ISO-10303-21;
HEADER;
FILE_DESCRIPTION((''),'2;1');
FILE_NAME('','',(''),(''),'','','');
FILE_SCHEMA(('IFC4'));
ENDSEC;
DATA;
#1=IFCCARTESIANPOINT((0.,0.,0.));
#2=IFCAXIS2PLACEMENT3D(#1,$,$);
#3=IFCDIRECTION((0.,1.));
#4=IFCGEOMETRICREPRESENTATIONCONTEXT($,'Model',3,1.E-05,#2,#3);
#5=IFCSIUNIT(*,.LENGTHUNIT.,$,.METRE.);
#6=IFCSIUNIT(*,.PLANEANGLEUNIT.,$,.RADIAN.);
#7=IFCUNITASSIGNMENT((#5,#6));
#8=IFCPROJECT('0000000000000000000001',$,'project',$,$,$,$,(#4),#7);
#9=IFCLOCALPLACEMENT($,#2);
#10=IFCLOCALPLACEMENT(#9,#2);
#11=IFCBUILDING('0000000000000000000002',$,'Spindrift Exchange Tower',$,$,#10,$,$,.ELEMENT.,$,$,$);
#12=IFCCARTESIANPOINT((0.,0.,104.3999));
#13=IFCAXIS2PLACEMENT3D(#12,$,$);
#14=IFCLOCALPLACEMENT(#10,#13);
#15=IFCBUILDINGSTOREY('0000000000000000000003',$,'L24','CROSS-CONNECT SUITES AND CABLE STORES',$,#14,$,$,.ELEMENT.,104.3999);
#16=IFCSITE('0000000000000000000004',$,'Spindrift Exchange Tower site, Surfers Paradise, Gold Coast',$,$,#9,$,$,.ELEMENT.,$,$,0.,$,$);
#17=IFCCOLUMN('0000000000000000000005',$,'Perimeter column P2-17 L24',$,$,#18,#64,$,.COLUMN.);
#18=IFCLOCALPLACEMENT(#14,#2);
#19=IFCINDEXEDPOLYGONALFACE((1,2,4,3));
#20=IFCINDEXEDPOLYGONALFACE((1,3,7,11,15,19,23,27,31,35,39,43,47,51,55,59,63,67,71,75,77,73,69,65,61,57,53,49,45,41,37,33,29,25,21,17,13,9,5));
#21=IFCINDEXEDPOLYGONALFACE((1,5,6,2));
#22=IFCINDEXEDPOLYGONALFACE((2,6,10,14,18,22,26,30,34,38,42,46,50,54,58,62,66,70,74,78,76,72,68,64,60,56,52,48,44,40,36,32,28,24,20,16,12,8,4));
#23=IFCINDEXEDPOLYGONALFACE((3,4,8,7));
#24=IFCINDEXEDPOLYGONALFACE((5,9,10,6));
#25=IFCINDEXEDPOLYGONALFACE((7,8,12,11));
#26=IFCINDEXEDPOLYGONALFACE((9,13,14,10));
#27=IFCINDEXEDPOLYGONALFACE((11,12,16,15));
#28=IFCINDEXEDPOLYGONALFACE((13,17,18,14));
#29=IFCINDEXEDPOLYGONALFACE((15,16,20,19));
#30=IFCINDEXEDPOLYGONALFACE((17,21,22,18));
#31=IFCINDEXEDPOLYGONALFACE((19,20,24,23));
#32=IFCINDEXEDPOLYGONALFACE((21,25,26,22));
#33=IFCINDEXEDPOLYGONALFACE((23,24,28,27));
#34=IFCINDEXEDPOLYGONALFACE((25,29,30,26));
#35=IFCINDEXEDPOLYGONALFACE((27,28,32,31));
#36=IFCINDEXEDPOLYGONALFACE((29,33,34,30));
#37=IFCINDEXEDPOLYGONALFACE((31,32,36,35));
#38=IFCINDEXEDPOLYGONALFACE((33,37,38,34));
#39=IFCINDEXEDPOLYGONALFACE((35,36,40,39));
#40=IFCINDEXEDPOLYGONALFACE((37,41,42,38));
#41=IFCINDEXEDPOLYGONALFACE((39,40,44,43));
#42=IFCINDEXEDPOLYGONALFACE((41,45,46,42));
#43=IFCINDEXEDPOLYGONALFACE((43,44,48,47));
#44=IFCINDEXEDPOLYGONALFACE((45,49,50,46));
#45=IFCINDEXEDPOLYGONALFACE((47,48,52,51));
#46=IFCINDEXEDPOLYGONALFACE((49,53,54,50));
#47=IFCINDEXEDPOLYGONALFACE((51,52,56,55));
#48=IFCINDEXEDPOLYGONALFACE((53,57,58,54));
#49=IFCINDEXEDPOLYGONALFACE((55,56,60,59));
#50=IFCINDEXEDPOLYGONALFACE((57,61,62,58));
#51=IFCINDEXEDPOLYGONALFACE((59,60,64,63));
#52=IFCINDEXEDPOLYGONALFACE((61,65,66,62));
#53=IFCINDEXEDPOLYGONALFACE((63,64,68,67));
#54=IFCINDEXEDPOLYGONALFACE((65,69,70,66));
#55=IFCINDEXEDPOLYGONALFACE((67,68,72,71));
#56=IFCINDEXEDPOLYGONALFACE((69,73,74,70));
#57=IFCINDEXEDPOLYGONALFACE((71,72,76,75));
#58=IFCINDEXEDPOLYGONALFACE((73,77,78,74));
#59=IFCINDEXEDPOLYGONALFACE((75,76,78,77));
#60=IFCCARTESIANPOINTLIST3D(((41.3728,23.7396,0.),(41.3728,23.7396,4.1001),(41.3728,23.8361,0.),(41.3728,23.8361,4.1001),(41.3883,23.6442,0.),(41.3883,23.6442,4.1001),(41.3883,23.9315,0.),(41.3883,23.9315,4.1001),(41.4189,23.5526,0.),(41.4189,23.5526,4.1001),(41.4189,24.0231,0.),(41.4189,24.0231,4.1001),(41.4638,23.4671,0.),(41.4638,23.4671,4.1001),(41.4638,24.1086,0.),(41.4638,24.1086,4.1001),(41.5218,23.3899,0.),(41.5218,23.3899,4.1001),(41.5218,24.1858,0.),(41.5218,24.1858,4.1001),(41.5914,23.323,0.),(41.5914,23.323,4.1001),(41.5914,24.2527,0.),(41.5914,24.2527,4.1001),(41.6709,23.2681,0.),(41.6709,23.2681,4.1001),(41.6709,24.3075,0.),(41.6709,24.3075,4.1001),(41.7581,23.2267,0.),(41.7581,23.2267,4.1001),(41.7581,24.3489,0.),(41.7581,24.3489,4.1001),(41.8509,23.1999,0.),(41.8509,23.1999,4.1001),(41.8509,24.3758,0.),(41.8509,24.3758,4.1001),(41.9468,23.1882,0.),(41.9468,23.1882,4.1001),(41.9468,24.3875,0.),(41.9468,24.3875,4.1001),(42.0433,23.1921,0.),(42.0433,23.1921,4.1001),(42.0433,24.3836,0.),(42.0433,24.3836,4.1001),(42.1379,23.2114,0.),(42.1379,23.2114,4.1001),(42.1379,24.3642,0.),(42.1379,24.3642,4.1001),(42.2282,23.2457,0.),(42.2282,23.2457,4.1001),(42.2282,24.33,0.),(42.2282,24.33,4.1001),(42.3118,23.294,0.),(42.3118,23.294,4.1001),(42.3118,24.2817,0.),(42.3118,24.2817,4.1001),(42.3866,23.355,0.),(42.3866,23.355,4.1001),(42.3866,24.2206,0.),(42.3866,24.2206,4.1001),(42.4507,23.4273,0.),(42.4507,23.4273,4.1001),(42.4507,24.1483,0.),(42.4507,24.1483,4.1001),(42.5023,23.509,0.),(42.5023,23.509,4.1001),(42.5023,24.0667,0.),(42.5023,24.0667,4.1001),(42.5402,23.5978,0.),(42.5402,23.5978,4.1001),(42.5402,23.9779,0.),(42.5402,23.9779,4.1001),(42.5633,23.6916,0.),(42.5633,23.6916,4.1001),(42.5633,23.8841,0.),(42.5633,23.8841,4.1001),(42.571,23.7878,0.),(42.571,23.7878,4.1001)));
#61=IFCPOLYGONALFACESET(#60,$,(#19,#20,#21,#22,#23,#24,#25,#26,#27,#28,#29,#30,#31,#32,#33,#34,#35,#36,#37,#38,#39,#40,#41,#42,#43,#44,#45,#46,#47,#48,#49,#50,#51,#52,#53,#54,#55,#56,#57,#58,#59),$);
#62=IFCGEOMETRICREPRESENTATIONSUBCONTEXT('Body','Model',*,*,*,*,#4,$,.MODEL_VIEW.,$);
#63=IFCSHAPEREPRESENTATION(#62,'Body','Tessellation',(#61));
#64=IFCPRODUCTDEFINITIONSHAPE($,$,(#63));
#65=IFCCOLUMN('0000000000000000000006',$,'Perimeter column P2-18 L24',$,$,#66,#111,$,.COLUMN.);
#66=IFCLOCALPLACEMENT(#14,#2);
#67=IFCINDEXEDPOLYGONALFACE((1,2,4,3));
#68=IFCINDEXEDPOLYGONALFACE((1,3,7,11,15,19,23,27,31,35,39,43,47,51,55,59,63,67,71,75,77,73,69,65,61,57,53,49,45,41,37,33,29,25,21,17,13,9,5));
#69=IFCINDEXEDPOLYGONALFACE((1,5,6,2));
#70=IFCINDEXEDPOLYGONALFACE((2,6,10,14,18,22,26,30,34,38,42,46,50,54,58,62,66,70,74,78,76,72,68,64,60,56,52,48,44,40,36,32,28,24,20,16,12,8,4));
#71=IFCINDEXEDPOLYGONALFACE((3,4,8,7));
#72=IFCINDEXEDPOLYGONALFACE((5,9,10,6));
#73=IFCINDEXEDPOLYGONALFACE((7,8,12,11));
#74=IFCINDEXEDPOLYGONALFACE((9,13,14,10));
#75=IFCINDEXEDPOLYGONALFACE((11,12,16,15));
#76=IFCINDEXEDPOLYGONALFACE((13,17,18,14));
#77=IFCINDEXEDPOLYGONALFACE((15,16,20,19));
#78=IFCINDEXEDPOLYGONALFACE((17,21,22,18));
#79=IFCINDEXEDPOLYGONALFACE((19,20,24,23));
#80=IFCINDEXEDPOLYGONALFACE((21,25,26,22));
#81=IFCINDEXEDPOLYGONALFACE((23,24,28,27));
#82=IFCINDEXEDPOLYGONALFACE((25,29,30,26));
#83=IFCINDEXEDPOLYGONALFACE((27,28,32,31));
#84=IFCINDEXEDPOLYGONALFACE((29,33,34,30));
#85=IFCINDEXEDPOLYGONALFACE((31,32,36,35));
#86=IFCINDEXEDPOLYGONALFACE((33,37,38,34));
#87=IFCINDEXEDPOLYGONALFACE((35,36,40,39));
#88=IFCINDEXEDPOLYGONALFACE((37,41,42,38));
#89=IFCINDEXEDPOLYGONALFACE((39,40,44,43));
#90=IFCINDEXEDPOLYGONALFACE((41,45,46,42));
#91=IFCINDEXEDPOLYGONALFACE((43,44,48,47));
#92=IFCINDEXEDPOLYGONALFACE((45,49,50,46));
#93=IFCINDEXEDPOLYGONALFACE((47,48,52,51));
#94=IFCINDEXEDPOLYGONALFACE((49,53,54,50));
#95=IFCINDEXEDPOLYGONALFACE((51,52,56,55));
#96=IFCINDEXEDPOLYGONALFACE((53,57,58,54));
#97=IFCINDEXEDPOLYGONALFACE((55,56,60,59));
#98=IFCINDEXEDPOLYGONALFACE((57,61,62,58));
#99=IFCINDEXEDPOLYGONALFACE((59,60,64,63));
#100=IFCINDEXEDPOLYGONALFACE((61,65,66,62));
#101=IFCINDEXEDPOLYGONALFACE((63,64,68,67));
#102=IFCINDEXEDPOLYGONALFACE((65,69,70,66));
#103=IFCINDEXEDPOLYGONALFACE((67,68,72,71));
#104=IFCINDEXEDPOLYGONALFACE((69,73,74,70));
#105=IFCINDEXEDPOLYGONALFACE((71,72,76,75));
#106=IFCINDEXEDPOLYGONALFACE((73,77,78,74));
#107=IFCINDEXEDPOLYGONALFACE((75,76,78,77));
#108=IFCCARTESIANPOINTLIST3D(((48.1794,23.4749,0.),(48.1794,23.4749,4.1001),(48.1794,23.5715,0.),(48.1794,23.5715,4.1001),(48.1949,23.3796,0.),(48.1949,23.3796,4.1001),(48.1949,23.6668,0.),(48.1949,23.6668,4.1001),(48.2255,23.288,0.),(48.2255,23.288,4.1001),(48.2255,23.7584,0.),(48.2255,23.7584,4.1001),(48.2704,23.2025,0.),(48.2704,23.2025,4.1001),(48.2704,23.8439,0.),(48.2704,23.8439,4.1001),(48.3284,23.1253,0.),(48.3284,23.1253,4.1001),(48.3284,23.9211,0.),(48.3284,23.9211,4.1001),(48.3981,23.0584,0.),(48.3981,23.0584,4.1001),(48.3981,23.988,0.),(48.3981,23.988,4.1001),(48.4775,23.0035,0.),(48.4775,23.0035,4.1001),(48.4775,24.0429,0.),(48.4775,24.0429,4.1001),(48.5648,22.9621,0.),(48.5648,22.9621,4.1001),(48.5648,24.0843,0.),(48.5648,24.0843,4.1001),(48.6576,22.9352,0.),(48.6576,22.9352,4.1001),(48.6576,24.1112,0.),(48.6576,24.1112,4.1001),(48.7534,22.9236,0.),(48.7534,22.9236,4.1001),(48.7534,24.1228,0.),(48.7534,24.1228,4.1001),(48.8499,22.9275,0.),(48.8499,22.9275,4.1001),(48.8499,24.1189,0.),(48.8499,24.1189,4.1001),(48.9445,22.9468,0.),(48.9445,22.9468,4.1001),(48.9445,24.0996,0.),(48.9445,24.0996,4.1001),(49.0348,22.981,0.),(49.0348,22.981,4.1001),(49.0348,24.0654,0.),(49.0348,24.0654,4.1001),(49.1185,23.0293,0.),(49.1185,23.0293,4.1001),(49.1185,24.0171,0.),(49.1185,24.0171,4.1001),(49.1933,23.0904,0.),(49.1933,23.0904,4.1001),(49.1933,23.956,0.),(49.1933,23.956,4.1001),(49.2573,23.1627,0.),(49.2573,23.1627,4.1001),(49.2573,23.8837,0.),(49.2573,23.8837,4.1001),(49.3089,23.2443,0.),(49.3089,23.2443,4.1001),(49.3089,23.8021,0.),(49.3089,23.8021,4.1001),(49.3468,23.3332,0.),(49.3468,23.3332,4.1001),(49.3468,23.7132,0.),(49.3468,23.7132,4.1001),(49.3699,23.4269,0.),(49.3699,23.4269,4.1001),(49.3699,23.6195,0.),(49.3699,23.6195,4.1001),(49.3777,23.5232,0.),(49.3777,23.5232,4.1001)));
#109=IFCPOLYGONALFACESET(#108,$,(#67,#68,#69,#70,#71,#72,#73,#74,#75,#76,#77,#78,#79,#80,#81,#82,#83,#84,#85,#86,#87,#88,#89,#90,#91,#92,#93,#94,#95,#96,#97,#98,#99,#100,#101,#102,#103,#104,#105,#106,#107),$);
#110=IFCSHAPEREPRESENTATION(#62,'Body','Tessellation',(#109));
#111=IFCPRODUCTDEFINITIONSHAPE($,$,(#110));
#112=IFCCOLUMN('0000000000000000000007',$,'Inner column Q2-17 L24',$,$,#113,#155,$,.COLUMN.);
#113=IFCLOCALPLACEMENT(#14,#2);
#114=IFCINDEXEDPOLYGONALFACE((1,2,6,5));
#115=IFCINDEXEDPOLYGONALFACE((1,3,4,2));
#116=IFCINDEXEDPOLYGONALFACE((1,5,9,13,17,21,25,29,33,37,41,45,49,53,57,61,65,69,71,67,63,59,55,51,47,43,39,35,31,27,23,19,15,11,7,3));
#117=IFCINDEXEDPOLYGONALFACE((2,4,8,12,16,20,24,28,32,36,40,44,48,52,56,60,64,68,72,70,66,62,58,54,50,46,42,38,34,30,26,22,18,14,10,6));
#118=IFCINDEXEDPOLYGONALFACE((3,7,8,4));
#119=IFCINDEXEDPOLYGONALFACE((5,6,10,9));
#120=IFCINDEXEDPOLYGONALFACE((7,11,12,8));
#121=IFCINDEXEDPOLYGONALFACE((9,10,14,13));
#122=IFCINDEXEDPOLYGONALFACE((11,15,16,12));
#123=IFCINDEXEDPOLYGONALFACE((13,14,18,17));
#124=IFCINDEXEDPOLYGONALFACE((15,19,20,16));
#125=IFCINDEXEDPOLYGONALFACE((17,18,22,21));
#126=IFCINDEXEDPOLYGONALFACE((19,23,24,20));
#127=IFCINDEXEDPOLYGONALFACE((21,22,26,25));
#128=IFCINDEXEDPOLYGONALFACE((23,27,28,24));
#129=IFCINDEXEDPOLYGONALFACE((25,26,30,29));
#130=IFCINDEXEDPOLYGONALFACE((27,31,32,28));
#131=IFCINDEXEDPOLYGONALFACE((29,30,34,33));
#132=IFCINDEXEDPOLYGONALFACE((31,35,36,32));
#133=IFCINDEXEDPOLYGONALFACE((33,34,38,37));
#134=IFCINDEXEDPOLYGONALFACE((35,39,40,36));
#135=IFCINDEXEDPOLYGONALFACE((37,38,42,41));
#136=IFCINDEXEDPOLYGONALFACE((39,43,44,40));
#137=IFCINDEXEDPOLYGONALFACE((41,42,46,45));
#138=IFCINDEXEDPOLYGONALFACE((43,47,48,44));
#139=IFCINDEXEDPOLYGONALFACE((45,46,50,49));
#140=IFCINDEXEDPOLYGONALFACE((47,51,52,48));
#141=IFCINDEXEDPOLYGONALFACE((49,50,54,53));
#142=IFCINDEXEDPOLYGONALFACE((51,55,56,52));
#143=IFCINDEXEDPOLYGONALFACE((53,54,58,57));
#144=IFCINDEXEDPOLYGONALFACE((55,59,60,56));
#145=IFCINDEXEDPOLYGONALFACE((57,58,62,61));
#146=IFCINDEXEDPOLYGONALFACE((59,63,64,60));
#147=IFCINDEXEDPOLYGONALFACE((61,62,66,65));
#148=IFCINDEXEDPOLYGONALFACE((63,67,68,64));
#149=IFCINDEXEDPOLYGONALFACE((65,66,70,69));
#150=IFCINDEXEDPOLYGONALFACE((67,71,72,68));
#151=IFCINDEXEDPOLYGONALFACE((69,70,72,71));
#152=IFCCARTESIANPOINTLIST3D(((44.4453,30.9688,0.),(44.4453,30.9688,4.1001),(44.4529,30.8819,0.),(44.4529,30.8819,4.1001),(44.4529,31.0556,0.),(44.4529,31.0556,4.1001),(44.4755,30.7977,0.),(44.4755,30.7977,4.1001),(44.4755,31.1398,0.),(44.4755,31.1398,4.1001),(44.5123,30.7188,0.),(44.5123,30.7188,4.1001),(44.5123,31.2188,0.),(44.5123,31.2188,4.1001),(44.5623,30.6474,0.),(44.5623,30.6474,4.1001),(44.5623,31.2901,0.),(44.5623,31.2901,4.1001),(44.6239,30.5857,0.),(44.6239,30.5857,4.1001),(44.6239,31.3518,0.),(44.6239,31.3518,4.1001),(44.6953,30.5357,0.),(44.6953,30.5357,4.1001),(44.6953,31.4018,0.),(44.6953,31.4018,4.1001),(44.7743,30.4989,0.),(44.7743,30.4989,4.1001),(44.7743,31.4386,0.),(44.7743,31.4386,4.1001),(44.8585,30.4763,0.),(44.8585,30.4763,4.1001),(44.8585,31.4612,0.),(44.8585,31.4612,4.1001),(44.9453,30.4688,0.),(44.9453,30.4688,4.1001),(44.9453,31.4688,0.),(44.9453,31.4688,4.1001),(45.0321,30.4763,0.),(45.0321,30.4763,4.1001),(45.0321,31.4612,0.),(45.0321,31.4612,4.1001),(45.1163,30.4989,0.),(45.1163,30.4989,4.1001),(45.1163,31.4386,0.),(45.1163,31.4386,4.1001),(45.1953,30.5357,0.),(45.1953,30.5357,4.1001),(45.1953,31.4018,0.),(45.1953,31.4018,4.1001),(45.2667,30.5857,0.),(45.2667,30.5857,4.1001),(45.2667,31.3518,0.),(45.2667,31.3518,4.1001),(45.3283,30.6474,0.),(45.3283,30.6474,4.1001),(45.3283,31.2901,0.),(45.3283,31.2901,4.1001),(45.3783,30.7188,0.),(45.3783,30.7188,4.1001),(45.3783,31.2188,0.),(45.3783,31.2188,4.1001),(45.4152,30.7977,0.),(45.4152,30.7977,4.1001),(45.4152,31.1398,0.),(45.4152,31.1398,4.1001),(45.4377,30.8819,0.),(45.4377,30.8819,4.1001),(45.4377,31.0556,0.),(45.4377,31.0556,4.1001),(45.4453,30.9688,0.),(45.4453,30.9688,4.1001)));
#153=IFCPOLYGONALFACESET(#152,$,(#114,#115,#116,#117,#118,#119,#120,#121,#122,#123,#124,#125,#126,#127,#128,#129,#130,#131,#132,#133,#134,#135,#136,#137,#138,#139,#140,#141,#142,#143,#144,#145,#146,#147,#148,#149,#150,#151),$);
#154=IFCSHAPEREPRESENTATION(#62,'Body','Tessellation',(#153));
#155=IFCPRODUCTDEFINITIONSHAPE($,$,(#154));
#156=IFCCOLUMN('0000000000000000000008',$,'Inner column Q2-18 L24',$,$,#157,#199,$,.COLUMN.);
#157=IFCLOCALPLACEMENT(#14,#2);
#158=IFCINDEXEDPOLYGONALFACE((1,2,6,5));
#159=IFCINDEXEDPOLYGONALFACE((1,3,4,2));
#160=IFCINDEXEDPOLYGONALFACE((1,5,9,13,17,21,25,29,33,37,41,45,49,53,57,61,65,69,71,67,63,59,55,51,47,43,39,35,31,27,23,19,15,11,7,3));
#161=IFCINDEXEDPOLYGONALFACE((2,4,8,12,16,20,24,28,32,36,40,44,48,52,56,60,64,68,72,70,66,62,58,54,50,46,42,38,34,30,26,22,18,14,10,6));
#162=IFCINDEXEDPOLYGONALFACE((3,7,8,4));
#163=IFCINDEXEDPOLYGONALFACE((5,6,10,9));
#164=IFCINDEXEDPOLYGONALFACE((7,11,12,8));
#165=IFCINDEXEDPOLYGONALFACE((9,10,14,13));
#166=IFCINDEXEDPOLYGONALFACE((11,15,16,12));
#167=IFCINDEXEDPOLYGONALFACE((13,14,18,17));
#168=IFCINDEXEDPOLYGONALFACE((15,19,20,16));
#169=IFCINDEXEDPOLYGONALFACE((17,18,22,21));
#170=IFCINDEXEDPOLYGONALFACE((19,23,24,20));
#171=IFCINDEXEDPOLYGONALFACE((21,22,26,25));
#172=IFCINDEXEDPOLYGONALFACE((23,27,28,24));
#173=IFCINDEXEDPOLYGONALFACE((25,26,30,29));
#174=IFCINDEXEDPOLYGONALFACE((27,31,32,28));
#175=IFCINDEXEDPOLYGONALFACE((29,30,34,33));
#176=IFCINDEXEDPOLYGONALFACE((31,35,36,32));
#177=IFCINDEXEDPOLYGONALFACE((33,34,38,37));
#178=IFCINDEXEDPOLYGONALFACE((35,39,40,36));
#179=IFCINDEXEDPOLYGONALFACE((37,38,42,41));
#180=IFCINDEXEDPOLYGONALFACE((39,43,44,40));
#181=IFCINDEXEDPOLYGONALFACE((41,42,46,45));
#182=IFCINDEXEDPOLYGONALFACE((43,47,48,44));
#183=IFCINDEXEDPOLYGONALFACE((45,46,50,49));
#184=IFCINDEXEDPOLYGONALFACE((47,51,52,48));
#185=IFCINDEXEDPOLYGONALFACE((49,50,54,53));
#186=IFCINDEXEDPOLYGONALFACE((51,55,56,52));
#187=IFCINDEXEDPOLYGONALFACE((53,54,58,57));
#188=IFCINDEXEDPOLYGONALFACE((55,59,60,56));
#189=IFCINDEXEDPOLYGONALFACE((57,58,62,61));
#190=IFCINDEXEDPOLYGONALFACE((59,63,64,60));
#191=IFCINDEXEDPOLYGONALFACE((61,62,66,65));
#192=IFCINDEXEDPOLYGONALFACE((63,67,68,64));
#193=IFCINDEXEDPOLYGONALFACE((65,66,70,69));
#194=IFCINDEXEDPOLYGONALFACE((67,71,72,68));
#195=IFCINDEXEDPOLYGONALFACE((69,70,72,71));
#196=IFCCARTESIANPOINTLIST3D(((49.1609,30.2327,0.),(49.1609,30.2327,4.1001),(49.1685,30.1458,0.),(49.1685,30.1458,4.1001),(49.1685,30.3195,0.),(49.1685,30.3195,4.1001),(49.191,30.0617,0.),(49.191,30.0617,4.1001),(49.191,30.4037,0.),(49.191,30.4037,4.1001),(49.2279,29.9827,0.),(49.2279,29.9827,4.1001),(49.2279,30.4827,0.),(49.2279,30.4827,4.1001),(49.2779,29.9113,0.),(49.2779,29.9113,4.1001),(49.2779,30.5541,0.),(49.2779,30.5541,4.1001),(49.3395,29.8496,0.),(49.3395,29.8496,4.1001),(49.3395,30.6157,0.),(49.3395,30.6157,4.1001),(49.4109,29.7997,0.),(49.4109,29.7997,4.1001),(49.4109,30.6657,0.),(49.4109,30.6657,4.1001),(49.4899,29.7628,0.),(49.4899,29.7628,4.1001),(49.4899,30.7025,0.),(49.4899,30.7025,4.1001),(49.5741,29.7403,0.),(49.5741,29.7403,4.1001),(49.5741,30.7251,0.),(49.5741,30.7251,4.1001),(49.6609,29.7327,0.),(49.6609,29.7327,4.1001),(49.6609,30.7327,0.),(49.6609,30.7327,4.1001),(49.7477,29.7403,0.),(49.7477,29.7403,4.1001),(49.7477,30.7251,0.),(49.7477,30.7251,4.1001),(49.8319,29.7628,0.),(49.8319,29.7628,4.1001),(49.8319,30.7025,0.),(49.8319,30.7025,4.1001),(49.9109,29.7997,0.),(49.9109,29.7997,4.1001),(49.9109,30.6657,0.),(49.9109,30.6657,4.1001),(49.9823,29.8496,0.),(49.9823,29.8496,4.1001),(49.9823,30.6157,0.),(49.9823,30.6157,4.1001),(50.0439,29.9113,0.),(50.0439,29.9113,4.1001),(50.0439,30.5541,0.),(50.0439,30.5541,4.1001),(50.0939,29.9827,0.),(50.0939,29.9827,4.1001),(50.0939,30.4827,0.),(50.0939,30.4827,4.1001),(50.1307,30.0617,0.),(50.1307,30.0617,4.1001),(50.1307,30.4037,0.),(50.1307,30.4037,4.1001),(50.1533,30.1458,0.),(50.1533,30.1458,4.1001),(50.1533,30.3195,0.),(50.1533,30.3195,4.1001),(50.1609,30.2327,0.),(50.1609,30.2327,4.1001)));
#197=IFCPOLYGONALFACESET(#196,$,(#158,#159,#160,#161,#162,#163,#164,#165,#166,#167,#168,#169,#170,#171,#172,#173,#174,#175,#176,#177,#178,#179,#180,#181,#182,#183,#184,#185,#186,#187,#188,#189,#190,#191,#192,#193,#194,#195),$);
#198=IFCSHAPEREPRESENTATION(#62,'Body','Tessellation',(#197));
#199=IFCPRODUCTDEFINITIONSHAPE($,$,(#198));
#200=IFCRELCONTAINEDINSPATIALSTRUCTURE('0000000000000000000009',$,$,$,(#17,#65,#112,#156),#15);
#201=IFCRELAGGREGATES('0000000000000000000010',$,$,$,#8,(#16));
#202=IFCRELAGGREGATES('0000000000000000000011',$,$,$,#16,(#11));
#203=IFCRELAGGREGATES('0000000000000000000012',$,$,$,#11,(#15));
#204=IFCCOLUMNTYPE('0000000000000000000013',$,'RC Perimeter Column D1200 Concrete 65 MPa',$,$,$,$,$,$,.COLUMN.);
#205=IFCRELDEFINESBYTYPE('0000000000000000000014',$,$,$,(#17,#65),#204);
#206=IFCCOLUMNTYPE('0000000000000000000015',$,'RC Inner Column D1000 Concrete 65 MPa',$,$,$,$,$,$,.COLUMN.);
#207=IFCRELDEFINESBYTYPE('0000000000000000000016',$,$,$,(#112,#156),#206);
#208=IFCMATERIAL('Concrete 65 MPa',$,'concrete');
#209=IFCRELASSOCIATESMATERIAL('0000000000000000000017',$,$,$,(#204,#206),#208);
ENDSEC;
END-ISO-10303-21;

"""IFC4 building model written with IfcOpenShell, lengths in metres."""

from ifc_helpers import new_model, si_unit, direction, frame, origin, origin_2d, place, context, subcontext, project, spatial, circle, extrude, source, transform, mapped, material, material_profile, profile_set, type_object, element, save


model = new_model("IFC4")

# Units and contexts
model_context = context("Model", 3, precision=1e-05, world=origin(), true_north=direction((0.0, 1.0)))
body_context = subcontext(model_context, "Body", "Model", "MODEL_VIEW")
ifc_project = project(units=[si_unit("LENGTHUNIT", "METRE"), si_unit("PLANEANGLEUNIT", "RADIAN")], contexts=[model_context])

# Site, building, storey
site_placement = place(None, origin())
site = spatial("IfcSite", under=ifc_project, at=site_placement, Name="Spindrift Exchange Tower site, Surfers Paradise, Gold Coast", CompositionType="ELEMENT", RefElevation=0.0)
building_placement = place(site_placement, origin())
building = spatial("IfcBuilding", under=site, at=building_placement, Name="Spindrift Exchange Tower", CompositionType="ELEMENT")
storey_placement = place(building_placement, frame((0.0, 0.0, 104.3999)))
storey = spatial("IfcBuildingStorey", under=building, at=storey_placement, Name="L24", Description="CROSS-CONNECT SUITES AND CABLE STORES", CompositionType="ELEMENT", Elevation=104.3999)

# Columns
ifc_material_1 = material(Name="Concrete 65 MPa", Category="concrete")
ifc_material_profile_1 = material_profile(ifc_material_1, circle(Radius=0.6001, at=origin_2d()), Name="RC D1200")
ifc_profile_set_1 = profile_set([ifc_material_profile_1], Name="Concrete 65 MPa")
column_type_1 = type_object("IfcColumnType", Name="RC Perimeter Column D1200 Concrete 65 MPa", PredefinedType="COLUMN", material=ifc_profile_set_1)
shared_shape_1 = source(origin(), body_context, "Body", "SweptSolid", [
    extrude(circle(Radius=0.6001, at=origin_2d()), origin(), (0.0, 0.0, 1.0), 4.1001),
])
for number, where, z_axis, x_axis, name in (
    (1, (41.9709, 23.7878, 0.0), (0.0, 0.0, 1.0), (1.0, 0.0, 0.0), "Perimeter column P2-17 L24"),
    (2, (48.7776, 23.5232, 0.0), (0.0, 0.0, 1.0), (1.0, 0.0, 0.0), "Perimeter column P2-18 L24"),
):
    element("IfcColumn", number, at=place(storey_placement, frame(where, z_axis=z_axis, x_axis=x_axis)), inside=storey, type_object=column_type_1, Name=name, PredefinedType="COLUMN", context=body_context, shape_type="MappedRepresentation", body=[
        mapped(shared_shape_1, transform((0.0, 0.0, 0.0), scale=1.0)),
    ])
ifc_material_profile_2 = material_profile(ifc_material_1, circle(Radius=0.5, at=origin_2d()), Name="RC D1000")
ifc_profile_set_2 = profile_set([ifc_material_profile_2], Name="Concrete 65 MPa")
column_type_2 = type_object("IfcColumnType", Name="RC Inner Column D1000 Concrete 65 MPa", PredefinedType="COLUMN", material=ifc_profile_set_2)
shared_shape_2 = source(origin(), body_context, "Body", "SweptSolid", [
    extrude(circle(Radius=0.5, at=origin_2d()), origin(), (0.0, 0.0, 1.0), 4.1001),
])
for number, where, z_axis, x_axis, name in (
    (3, (44.9453, 30.9688, 0.0), (0.0, 0.0, 1.0), (1.0, 0.0, 0.0), "Inner column Q2-17 L24"),
    (4, (49.6609, 30.2327, 0.0), (0.0, 0.0, 1.0), (1.0, 0.0, 0.0), "Inner column Q2-18 L24"),
):
    element("IfcColumn", number, at=place(storey_placement, frame(where, z_axis=z_axis, x_axis=x_axis)), inside=storey, type_object=column_type_2, Name=name, PredefinedType="COLUMN", context=body_context, shape_type="MappedRepresentation", body=[
        mapped(shared_shape_2, transform((0.0, 0.0, 0.0), scale=1.0)),
    ])

save(model, "model.ifc")
